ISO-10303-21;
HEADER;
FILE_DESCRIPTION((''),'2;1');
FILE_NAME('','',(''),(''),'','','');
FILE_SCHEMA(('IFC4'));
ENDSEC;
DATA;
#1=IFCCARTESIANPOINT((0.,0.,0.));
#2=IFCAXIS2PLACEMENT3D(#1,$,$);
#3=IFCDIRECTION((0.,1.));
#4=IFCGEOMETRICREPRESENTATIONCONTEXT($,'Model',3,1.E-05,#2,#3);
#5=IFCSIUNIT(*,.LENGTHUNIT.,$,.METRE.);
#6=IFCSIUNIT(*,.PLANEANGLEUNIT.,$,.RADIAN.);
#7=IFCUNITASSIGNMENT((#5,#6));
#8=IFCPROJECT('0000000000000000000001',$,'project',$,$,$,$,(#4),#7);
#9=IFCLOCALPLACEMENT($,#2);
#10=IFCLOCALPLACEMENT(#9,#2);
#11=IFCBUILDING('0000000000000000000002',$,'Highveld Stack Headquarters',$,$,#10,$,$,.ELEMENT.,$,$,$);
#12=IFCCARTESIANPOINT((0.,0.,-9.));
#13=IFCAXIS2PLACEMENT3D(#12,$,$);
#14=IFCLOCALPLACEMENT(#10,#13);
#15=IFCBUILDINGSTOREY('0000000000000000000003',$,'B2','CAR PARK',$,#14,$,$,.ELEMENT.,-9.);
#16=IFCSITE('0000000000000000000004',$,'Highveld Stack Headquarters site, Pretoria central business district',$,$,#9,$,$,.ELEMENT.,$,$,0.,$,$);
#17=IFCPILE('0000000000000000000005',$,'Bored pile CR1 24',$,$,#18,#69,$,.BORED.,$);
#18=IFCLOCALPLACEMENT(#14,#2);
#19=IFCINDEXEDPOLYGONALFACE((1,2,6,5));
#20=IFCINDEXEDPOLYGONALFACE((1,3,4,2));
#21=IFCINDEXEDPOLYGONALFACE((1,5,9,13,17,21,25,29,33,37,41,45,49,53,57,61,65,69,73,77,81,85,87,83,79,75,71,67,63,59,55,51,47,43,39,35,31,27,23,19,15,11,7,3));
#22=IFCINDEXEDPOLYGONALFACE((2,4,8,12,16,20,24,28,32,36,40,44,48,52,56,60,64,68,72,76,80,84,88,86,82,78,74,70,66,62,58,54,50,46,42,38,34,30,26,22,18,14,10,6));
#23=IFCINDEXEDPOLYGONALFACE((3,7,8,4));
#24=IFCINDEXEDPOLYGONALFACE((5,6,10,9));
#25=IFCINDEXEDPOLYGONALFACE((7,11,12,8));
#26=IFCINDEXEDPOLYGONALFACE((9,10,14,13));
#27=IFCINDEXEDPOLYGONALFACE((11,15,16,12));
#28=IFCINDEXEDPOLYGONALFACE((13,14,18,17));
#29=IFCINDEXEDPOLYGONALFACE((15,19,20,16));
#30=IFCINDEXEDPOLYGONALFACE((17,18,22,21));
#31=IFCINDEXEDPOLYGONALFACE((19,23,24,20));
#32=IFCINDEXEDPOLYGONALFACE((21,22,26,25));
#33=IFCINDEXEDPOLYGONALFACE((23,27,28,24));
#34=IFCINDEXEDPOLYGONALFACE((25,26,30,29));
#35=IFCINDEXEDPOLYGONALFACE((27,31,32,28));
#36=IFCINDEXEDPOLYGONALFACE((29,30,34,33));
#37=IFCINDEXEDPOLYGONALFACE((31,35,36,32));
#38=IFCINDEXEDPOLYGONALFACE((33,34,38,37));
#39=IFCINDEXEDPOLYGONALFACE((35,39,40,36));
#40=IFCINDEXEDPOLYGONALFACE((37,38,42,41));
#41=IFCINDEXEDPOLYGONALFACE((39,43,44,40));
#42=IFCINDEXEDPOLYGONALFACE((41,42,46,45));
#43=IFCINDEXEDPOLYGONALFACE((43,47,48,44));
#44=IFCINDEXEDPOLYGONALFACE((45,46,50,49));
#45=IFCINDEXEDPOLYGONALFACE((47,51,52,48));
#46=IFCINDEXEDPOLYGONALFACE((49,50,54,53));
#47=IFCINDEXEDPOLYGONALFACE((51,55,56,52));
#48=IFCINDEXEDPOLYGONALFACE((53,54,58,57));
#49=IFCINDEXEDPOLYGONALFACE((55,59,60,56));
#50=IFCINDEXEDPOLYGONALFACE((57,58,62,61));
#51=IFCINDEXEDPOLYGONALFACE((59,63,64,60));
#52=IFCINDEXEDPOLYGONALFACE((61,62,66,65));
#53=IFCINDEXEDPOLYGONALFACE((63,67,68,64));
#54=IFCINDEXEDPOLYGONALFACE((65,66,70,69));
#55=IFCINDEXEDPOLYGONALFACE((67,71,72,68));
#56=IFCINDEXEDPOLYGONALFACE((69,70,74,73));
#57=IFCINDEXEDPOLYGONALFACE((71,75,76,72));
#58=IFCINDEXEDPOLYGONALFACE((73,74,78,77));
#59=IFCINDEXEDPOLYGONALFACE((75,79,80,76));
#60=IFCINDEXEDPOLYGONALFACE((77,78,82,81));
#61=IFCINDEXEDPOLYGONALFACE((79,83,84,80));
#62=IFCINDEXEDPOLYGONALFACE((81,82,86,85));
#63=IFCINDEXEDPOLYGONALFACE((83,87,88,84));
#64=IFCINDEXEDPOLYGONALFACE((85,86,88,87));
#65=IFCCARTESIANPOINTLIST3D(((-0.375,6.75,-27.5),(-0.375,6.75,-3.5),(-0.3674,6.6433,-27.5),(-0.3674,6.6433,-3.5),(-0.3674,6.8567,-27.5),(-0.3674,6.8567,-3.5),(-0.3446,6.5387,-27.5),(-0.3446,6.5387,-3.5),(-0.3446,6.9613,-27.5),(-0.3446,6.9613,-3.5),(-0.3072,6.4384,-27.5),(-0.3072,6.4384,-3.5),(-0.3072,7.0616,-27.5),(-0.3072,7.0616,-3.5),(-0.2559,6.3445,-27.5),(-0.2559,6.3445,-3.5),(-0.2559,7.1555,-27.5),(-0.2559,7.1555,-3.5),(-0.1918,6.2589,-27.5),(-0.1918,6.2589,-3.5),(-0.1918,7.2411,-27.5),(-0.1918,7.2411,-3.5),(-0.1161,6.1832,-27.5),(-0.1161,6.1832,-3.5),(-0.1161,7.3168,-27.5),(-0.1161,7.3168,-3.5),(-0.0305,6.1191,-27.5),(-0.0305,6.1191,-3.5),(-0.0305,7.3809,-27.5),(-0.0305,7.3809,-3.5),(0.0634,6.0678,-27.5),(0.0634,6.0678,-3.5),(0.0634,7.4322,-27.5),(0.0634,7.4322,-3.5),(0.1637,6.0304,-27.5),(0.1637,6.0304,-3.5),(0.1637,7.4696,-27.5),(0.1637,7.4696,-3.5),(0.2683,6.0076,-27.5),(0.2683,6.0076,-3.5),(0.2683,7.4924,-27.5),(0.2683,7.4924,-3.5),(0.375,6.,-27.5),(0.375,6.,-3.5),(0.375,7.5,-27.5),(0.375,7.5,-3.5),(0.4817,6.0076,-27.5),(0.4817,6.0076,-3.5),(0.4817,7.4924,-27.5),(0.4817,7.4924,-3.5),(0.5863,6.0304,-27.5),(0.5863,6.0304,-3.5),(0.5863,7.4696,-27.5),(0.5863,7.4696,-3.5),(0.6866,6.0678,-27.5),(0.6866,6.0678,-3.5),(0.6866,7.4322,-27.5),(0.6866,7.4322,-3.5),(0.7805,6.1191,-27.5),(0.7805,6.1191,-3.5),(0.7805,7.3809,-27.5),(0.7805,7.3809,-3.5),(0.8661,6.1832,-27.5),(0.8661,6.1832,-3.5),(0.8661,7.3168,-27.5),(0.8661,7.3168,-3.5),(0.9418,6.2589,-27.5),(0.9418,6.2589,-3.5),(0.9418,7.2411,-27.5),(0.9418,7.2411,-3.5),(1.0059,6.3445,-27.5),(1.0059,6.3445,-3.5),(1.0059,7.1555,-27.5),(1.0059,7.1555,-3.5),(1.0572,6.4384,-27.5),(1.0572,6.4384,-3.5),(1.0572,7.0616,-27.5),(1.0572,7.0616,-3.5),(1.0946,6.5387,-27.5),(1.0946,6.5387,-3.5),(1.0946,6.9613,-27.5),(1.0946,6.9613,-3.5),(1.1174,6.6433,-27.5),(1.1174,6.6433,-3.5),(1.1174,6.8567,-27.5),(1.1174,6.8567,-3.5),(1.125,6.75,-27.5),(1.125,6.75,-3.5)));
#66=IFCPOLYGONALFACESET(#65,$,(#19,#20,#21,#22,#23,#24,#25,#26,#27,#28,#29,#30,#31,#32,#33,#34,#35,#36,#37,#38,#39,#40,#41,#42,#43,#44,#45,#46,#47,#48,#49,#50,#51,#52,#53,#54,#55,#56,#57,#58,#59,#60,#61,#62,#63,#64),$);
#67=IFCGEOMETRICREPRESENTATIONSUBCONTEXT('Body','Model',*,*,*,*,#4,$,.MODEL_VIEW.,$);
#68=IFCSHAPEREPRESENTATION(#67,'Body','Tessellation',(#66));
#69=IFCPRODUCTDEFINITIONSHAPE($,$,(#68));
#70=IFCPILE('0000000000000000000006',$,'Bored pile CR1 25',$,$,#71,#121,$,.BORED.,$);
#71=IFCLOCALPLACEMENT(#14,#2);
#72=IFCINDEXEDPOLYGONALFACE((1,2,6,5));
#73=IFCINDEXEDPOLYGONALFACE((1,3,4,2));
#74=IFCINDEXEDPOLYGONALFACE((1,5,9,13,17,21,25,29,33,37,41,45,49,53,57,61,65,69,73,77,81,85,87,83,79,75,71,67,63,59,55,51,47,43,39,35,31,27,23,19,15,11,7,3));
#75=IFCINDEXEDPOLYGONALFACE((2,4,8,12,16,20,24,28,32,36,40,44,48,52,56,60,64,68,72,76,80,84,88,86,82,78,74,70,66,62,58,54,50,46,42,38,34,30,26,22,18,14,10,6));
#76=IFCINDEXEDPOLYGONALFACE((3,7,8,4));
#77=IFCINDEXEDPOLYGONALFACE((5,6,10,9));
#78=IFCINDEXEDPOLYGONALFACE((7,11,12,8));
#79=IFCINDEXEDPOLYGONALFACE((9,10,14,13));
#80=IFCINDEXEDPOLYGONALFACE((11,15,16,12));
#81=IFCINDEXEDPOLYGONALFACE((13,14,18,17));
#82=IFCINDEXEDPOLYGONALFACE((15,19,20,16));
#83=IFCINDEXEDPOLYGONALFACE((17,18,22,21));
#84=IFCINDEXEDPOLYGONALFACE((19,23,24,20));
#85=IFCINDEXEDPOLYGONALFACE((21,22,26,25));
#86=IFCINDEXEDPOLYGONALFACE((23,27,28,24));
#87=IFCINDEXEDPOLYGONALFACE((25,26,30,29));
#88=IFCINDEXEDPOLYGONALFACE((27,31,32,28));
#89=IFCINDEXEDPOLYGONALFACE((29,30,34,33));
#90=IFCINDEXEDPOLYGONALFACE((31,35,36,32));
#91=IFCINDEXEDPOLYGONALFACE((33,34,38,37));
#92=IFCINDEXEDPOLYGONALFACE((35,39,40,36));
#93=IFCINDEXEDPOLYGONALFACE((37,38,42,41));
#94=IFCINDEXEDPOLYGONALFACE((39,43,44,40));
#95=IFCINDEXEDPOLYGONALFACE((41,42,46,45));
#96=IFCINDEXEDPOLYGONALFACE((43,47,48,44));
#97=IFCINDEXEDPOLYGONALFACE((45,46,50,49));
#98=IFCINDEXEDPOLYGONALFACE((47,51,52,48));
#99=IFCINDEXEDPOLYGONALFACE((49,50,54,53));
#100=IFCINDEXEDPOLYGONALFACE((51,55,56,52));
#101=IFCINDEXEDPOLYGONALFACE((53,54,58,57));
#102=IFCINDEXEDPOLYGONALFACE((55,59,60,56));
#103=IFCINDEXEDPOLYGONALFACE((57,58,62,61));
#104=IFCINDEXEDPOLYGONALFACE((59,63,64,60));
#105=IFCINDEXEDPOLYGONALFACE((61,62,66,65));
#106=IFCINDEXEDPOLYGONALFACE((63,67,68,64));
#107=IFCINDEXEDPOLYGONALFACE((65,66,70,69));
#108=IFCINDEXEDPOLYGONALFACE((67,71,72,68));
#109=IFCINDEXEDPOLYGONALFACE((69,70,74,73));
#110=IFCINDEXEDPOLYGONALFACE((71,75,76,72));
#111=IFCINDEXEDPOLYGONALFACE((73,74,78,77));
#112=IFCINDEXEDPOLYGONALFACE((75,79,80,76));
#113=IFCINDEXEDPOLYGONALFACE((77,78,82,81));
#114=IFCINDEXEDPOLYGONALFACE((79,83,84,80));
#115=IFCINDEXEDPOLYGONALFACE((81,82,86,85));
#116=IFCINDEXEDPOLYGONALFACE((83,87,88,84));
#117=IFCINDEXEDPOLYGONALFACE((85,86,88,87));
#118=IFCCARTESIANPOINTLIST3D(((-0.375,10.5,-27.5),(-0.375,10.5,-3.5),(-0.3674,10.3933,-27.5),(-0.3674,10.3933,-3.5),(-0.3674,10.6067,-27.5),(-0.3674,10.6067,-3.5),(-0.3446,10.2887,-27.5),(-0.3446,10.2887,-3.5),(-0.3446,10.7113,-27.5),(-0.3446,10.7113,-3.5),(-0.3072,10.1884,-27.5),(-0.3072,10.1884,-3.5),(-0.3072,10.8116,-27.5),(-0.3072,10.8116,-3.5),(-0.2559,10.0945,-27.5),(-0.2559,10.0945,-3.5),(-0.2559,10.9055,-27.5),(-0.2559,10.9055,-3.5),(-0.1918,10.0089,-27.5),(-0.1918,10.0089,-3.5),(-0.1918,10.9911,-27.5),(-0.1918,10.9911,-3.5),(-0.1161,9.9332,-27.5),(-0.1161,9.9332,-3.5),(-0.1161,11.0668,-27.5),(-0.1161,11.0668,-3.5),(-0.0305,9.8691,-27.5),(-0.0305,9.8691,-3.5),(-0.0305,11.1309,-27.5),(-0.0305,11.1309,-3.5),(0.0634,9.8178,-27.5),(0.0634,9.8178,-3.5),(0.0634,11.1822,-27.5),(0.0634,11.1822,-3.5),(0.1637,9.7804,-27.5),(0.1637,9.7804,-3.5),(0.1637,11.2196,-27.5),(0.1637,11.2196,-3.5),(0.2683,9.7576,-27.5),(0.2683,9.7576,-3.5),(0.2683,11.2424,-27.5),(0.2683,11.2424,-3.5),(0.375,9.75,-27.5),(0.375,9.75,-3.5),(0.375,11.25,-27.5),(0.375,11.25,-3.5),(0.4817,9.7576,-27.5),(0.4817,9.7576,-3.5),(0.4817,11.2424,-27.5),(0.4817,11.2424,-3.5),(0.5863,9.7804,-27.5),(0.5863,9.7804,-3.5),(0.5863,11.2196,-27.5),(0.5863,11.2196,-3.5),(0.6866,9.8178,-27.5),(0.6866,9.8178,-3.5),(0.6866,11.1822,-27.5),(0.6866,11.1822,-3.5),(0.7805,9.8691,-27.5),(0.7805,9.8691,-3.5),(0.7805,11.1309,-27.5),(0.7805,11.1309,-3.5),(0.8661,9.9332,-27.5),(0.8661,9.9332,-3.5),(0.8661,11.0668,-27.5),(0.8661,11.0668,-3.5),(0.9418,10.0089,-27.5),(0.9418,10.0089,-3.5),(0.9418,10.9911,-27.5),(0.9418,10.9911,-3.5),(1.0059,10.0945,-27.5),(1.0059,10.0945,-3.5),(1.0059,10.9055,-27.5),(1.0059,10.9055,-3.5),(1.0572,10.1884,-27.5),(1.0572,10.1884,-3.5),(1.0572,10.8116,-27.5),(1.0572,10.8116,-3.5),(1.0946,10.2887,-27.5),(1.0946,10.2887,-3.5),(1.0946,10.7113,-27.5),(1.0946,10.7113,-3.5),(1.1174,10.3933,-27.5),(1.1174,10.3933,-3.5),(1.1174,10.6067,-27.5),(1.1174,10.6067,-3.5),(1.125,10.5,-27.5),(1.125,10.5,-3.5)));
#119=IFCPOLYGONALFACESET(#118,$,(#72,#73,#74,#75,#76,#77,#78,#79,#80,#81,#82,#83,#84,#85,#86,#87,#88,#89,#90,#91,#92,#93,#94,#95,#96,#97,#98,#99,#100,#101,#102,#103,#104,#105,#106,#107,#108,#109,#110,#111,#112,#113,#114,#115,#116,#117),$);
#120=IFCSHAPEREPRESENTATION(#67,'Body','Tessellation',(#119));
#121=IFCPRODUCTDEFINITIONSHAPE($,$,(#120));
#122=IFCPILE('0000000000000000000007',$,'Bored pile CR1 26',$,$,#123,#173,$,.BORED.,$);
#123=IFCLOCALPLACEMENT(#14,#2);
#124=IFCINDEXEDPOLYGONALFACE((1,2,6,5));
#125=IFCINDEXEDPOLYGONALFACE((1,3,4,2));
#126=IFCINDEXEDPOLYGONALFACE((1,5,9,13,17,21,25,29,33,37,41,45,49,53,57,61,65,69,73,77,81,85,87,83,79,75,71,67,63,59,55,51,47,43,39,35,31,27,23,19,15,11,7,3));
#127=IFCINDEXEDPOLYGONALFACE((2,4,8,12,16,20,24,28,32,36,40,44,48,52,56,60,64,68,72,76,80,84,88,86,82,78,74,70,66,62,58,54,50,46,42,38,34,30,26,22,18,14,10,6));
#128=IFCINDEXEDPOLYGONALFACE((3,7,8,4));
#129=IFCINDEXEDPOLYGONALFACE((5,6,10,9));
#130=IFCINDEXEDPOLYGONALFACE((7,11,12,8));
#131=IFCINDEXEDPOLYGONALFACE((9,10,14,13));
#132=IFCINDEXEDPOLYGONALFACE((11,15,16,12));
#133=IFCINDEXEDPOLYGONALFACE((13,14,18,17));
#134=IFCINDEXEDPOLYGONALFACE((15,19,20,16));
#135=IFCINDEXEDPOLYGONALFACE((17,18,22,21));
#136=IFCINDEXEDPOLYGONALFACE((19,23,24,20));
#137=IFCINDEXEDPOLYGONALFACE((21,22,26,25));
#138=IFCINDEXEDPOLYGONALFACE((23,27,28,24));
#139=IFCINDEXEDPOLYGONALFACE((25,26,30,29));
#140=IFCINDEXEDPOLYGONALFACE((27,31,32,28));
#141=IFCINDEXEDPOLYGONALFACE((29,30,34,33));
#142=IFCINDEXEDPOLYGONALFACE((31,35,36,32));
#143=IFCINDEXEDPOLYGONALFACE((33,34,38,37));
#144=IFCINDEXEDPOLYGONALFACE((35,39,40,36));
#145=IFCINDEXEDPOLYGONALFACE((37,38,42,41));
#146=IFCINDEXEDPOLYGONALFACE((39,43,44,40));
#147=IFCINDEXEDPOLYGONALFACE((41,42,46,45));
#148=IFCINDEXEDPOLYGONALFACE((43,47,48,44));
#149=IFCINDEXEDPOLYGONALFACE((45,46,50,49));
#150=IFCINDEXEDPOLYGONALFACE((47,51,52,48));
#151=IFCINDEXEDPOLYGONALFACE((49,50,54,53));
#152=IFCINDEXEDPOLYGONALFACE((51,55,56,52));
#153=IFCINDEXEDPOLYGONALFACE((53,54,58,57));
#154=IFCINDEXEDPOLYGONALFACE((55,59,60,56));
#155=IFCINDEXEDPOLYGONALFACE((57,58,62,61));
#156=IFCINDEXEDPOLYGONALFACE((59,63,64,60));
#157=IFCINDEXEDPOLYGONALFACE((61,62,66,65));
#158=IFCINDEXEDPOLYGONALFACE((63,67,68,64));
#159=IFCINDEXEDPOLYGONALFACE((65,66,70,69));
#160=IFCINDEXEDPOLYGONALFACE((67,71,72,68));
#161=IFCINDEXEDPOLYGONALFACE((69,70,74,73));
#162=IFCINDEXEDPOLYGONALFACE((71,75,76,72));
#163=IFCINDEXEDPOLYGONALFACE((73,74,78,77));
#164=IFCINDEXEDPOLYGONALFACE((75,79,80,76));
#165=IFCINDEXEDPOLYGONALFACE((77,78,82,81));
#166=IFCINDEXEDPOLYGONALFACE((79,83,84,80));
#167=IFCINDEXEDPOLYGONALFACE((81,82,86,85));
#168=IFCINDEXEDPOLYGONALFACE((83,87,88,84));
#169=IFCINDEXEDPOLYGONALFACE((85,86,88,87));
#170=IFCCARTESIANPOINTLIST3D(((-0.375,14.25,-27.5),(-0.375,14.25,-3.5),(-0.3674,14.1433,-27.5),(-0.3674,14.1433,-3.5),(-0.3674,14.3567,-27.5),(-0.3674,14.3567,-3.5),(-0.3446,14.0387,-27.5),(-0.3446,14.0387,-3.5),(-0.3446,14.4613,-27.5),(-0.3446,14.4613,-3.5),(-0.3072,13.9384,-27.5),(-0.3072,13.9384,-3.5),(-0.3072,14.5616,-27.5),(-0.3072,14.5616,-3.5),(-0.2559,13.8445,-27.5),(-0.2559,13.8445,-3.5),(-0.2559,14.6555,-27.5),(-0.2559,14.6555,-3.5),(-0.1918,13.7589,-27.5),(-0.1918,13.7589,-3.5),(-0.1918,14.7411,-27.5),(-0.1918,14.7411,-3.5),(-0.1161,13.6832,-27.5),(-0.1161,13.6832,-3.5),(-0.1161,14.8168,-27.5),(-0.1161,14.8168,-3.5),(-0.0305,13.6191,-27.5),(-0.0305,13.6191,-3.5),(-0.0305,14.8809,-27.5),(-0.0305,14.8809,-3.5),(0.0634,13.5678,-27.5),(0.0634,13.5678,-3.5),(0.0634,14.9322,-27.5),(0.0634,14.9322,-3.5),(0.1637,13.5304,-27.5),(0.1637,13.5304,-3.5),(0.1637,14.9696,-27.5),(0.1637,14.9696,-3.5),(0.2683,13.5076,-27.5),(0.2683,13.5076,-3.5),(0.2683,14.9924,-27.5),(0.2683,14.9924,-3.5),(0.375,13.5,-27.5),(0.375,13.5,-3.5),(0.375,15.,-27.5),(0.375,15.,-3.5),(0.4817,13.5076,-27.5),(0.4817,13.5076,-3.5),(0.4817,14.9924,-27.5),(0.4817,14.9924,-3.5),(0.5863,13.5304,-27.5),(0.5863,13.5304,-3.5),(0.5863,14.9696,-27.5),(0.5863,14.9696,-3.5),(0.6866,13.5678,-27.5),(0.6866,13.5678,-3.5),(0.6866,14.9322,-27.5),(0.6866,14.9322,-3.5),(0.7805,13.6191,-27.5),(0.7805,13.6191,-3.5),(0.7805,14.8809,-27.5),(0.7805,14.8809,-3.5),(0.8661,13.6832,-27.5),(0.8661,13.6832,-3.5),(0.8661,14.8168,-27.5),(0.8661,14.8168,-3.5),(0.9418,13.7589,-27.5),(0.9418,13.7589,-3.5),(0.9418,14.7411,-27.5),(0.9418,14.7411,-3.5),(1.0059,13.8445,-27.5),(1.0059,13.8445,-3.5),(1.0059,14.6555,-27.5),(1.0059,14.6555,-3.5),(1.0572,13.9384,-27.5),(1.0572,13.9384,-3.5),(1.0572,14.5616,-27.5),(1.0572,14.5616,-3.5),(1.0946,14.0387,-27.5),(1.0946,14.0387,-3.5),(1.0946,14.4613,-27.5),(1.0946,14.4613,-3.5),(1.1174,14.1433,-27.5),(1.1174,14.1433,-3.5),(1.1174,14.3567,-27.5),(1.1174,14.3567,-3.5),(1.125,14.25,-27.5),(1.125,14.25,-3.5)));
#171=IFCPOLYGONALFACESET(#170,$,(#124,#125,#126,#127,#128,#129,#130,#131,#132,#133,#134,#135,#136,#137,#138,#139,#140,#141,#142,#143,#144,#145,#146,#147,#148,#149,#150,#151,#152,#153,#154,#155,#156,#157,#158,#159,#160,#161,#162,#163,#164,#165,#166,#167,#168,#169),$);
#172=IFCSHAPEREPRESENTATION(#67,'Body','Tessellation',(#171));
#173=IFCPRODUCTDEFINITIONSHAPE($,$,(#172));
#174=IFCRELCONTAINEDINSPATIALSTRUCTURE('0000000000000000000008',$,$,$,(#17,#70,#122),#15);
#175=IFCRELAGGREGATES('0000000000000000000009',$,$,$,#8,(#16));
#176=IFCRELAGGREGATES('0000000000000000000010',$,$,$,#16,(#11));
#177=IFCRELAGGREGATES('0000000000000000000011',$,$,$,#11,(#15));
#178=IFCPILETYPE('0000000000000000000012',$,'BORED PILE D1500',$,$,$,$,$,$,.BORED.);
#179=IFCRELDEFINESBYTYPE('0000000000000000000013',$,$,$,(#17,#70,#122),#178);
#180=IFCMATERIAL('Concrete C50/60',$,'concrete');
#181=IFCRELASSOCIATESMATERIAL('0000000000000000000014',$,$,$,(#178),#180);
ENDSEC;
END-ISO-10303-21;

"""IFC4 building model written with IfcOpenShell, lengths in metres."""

from ifc_helpers import new_model, si_unit, direction, frame, origin, origin_2d, place, context, subcontext, project, spatial, circle, extrude, material, type_object, element, save


model = new_model("IFC4")

# Units and contexts
model_context = context("Model", 3, precision=1e-05, world=origin(), true_north=direction((0.0, 1.0)))
body_context = subcontext(model_context, "Body", "Model", "MODEL_VIEW")
ifc_project = project(units=[si_unit("LENGTHUNIT", "METRE"), si_unit("PLANEANGLEUNIT", "RADIAN")], contexts=[model_context])

# Site, building, storey
site_placement = place(None, origin())
site = spatial("IfcSite", under=ifc_project, at=site_placement, Name="Highveld Stack Headquarters site, Pretoria central business district", CompositionType="ELEMENT", RefElevation=0.0)
building_placement = place(site_placement, origin())
building = spatial("IfcBuilding", under=site, at=building_placement, Name="Highveld Stack Headquarters", CompositionType="ELEMENT")
storey_placement = place(building_placement, frame((0.0, 0.0, -9.0)))
storey = spatial("IfcBuildingStorey", under=building, at=storey_placement, Name="B2", Description="CAR PARK", CompositionType="ELEMENT", Elevation=-9.0)

# Piles
ifc_material_1 = material(Name="Concrete C50/60", Category="concrete")
pile_type = type_object("IfcPileType", Name="BORED PILE D1500", PredefinedType="BORED", material=ifc_material_1)
for number, where, z_axis, x_axis, name in (
    (1, (0.375, 6.75, -3.5), (0.0, 0.0, -1.0), (1.0, 0.0, 0.0), "Bored pile CR1 24"),
    (2, (0.375, 10.5, -3.5), (0.0, 0.0, -1.0), (1.0, 0.0, 0.0), "Bored pile CR1 25"),
    (3, (0.375, 14.25, -3.5), (0.0, 0.0, -1.0), (1.0, 0.0, 0.0), "Bored pile CR1 26"),
):
    element("IfcPile", number, at=place(storey_placement, frame(where, z_axis=z_axis, x_axis=x_axis)), inside=storey, type_object=pile_type, Name=name, PredefinedType="BORED", context=body_context, shape_type="SweptSolid", body=[
        extrude(circle(Radius=0.75, at=origin_2d()), origin(), (0.0, 0.0, 1.0), 24.0),
    ])

save(model, "model.ifc")
